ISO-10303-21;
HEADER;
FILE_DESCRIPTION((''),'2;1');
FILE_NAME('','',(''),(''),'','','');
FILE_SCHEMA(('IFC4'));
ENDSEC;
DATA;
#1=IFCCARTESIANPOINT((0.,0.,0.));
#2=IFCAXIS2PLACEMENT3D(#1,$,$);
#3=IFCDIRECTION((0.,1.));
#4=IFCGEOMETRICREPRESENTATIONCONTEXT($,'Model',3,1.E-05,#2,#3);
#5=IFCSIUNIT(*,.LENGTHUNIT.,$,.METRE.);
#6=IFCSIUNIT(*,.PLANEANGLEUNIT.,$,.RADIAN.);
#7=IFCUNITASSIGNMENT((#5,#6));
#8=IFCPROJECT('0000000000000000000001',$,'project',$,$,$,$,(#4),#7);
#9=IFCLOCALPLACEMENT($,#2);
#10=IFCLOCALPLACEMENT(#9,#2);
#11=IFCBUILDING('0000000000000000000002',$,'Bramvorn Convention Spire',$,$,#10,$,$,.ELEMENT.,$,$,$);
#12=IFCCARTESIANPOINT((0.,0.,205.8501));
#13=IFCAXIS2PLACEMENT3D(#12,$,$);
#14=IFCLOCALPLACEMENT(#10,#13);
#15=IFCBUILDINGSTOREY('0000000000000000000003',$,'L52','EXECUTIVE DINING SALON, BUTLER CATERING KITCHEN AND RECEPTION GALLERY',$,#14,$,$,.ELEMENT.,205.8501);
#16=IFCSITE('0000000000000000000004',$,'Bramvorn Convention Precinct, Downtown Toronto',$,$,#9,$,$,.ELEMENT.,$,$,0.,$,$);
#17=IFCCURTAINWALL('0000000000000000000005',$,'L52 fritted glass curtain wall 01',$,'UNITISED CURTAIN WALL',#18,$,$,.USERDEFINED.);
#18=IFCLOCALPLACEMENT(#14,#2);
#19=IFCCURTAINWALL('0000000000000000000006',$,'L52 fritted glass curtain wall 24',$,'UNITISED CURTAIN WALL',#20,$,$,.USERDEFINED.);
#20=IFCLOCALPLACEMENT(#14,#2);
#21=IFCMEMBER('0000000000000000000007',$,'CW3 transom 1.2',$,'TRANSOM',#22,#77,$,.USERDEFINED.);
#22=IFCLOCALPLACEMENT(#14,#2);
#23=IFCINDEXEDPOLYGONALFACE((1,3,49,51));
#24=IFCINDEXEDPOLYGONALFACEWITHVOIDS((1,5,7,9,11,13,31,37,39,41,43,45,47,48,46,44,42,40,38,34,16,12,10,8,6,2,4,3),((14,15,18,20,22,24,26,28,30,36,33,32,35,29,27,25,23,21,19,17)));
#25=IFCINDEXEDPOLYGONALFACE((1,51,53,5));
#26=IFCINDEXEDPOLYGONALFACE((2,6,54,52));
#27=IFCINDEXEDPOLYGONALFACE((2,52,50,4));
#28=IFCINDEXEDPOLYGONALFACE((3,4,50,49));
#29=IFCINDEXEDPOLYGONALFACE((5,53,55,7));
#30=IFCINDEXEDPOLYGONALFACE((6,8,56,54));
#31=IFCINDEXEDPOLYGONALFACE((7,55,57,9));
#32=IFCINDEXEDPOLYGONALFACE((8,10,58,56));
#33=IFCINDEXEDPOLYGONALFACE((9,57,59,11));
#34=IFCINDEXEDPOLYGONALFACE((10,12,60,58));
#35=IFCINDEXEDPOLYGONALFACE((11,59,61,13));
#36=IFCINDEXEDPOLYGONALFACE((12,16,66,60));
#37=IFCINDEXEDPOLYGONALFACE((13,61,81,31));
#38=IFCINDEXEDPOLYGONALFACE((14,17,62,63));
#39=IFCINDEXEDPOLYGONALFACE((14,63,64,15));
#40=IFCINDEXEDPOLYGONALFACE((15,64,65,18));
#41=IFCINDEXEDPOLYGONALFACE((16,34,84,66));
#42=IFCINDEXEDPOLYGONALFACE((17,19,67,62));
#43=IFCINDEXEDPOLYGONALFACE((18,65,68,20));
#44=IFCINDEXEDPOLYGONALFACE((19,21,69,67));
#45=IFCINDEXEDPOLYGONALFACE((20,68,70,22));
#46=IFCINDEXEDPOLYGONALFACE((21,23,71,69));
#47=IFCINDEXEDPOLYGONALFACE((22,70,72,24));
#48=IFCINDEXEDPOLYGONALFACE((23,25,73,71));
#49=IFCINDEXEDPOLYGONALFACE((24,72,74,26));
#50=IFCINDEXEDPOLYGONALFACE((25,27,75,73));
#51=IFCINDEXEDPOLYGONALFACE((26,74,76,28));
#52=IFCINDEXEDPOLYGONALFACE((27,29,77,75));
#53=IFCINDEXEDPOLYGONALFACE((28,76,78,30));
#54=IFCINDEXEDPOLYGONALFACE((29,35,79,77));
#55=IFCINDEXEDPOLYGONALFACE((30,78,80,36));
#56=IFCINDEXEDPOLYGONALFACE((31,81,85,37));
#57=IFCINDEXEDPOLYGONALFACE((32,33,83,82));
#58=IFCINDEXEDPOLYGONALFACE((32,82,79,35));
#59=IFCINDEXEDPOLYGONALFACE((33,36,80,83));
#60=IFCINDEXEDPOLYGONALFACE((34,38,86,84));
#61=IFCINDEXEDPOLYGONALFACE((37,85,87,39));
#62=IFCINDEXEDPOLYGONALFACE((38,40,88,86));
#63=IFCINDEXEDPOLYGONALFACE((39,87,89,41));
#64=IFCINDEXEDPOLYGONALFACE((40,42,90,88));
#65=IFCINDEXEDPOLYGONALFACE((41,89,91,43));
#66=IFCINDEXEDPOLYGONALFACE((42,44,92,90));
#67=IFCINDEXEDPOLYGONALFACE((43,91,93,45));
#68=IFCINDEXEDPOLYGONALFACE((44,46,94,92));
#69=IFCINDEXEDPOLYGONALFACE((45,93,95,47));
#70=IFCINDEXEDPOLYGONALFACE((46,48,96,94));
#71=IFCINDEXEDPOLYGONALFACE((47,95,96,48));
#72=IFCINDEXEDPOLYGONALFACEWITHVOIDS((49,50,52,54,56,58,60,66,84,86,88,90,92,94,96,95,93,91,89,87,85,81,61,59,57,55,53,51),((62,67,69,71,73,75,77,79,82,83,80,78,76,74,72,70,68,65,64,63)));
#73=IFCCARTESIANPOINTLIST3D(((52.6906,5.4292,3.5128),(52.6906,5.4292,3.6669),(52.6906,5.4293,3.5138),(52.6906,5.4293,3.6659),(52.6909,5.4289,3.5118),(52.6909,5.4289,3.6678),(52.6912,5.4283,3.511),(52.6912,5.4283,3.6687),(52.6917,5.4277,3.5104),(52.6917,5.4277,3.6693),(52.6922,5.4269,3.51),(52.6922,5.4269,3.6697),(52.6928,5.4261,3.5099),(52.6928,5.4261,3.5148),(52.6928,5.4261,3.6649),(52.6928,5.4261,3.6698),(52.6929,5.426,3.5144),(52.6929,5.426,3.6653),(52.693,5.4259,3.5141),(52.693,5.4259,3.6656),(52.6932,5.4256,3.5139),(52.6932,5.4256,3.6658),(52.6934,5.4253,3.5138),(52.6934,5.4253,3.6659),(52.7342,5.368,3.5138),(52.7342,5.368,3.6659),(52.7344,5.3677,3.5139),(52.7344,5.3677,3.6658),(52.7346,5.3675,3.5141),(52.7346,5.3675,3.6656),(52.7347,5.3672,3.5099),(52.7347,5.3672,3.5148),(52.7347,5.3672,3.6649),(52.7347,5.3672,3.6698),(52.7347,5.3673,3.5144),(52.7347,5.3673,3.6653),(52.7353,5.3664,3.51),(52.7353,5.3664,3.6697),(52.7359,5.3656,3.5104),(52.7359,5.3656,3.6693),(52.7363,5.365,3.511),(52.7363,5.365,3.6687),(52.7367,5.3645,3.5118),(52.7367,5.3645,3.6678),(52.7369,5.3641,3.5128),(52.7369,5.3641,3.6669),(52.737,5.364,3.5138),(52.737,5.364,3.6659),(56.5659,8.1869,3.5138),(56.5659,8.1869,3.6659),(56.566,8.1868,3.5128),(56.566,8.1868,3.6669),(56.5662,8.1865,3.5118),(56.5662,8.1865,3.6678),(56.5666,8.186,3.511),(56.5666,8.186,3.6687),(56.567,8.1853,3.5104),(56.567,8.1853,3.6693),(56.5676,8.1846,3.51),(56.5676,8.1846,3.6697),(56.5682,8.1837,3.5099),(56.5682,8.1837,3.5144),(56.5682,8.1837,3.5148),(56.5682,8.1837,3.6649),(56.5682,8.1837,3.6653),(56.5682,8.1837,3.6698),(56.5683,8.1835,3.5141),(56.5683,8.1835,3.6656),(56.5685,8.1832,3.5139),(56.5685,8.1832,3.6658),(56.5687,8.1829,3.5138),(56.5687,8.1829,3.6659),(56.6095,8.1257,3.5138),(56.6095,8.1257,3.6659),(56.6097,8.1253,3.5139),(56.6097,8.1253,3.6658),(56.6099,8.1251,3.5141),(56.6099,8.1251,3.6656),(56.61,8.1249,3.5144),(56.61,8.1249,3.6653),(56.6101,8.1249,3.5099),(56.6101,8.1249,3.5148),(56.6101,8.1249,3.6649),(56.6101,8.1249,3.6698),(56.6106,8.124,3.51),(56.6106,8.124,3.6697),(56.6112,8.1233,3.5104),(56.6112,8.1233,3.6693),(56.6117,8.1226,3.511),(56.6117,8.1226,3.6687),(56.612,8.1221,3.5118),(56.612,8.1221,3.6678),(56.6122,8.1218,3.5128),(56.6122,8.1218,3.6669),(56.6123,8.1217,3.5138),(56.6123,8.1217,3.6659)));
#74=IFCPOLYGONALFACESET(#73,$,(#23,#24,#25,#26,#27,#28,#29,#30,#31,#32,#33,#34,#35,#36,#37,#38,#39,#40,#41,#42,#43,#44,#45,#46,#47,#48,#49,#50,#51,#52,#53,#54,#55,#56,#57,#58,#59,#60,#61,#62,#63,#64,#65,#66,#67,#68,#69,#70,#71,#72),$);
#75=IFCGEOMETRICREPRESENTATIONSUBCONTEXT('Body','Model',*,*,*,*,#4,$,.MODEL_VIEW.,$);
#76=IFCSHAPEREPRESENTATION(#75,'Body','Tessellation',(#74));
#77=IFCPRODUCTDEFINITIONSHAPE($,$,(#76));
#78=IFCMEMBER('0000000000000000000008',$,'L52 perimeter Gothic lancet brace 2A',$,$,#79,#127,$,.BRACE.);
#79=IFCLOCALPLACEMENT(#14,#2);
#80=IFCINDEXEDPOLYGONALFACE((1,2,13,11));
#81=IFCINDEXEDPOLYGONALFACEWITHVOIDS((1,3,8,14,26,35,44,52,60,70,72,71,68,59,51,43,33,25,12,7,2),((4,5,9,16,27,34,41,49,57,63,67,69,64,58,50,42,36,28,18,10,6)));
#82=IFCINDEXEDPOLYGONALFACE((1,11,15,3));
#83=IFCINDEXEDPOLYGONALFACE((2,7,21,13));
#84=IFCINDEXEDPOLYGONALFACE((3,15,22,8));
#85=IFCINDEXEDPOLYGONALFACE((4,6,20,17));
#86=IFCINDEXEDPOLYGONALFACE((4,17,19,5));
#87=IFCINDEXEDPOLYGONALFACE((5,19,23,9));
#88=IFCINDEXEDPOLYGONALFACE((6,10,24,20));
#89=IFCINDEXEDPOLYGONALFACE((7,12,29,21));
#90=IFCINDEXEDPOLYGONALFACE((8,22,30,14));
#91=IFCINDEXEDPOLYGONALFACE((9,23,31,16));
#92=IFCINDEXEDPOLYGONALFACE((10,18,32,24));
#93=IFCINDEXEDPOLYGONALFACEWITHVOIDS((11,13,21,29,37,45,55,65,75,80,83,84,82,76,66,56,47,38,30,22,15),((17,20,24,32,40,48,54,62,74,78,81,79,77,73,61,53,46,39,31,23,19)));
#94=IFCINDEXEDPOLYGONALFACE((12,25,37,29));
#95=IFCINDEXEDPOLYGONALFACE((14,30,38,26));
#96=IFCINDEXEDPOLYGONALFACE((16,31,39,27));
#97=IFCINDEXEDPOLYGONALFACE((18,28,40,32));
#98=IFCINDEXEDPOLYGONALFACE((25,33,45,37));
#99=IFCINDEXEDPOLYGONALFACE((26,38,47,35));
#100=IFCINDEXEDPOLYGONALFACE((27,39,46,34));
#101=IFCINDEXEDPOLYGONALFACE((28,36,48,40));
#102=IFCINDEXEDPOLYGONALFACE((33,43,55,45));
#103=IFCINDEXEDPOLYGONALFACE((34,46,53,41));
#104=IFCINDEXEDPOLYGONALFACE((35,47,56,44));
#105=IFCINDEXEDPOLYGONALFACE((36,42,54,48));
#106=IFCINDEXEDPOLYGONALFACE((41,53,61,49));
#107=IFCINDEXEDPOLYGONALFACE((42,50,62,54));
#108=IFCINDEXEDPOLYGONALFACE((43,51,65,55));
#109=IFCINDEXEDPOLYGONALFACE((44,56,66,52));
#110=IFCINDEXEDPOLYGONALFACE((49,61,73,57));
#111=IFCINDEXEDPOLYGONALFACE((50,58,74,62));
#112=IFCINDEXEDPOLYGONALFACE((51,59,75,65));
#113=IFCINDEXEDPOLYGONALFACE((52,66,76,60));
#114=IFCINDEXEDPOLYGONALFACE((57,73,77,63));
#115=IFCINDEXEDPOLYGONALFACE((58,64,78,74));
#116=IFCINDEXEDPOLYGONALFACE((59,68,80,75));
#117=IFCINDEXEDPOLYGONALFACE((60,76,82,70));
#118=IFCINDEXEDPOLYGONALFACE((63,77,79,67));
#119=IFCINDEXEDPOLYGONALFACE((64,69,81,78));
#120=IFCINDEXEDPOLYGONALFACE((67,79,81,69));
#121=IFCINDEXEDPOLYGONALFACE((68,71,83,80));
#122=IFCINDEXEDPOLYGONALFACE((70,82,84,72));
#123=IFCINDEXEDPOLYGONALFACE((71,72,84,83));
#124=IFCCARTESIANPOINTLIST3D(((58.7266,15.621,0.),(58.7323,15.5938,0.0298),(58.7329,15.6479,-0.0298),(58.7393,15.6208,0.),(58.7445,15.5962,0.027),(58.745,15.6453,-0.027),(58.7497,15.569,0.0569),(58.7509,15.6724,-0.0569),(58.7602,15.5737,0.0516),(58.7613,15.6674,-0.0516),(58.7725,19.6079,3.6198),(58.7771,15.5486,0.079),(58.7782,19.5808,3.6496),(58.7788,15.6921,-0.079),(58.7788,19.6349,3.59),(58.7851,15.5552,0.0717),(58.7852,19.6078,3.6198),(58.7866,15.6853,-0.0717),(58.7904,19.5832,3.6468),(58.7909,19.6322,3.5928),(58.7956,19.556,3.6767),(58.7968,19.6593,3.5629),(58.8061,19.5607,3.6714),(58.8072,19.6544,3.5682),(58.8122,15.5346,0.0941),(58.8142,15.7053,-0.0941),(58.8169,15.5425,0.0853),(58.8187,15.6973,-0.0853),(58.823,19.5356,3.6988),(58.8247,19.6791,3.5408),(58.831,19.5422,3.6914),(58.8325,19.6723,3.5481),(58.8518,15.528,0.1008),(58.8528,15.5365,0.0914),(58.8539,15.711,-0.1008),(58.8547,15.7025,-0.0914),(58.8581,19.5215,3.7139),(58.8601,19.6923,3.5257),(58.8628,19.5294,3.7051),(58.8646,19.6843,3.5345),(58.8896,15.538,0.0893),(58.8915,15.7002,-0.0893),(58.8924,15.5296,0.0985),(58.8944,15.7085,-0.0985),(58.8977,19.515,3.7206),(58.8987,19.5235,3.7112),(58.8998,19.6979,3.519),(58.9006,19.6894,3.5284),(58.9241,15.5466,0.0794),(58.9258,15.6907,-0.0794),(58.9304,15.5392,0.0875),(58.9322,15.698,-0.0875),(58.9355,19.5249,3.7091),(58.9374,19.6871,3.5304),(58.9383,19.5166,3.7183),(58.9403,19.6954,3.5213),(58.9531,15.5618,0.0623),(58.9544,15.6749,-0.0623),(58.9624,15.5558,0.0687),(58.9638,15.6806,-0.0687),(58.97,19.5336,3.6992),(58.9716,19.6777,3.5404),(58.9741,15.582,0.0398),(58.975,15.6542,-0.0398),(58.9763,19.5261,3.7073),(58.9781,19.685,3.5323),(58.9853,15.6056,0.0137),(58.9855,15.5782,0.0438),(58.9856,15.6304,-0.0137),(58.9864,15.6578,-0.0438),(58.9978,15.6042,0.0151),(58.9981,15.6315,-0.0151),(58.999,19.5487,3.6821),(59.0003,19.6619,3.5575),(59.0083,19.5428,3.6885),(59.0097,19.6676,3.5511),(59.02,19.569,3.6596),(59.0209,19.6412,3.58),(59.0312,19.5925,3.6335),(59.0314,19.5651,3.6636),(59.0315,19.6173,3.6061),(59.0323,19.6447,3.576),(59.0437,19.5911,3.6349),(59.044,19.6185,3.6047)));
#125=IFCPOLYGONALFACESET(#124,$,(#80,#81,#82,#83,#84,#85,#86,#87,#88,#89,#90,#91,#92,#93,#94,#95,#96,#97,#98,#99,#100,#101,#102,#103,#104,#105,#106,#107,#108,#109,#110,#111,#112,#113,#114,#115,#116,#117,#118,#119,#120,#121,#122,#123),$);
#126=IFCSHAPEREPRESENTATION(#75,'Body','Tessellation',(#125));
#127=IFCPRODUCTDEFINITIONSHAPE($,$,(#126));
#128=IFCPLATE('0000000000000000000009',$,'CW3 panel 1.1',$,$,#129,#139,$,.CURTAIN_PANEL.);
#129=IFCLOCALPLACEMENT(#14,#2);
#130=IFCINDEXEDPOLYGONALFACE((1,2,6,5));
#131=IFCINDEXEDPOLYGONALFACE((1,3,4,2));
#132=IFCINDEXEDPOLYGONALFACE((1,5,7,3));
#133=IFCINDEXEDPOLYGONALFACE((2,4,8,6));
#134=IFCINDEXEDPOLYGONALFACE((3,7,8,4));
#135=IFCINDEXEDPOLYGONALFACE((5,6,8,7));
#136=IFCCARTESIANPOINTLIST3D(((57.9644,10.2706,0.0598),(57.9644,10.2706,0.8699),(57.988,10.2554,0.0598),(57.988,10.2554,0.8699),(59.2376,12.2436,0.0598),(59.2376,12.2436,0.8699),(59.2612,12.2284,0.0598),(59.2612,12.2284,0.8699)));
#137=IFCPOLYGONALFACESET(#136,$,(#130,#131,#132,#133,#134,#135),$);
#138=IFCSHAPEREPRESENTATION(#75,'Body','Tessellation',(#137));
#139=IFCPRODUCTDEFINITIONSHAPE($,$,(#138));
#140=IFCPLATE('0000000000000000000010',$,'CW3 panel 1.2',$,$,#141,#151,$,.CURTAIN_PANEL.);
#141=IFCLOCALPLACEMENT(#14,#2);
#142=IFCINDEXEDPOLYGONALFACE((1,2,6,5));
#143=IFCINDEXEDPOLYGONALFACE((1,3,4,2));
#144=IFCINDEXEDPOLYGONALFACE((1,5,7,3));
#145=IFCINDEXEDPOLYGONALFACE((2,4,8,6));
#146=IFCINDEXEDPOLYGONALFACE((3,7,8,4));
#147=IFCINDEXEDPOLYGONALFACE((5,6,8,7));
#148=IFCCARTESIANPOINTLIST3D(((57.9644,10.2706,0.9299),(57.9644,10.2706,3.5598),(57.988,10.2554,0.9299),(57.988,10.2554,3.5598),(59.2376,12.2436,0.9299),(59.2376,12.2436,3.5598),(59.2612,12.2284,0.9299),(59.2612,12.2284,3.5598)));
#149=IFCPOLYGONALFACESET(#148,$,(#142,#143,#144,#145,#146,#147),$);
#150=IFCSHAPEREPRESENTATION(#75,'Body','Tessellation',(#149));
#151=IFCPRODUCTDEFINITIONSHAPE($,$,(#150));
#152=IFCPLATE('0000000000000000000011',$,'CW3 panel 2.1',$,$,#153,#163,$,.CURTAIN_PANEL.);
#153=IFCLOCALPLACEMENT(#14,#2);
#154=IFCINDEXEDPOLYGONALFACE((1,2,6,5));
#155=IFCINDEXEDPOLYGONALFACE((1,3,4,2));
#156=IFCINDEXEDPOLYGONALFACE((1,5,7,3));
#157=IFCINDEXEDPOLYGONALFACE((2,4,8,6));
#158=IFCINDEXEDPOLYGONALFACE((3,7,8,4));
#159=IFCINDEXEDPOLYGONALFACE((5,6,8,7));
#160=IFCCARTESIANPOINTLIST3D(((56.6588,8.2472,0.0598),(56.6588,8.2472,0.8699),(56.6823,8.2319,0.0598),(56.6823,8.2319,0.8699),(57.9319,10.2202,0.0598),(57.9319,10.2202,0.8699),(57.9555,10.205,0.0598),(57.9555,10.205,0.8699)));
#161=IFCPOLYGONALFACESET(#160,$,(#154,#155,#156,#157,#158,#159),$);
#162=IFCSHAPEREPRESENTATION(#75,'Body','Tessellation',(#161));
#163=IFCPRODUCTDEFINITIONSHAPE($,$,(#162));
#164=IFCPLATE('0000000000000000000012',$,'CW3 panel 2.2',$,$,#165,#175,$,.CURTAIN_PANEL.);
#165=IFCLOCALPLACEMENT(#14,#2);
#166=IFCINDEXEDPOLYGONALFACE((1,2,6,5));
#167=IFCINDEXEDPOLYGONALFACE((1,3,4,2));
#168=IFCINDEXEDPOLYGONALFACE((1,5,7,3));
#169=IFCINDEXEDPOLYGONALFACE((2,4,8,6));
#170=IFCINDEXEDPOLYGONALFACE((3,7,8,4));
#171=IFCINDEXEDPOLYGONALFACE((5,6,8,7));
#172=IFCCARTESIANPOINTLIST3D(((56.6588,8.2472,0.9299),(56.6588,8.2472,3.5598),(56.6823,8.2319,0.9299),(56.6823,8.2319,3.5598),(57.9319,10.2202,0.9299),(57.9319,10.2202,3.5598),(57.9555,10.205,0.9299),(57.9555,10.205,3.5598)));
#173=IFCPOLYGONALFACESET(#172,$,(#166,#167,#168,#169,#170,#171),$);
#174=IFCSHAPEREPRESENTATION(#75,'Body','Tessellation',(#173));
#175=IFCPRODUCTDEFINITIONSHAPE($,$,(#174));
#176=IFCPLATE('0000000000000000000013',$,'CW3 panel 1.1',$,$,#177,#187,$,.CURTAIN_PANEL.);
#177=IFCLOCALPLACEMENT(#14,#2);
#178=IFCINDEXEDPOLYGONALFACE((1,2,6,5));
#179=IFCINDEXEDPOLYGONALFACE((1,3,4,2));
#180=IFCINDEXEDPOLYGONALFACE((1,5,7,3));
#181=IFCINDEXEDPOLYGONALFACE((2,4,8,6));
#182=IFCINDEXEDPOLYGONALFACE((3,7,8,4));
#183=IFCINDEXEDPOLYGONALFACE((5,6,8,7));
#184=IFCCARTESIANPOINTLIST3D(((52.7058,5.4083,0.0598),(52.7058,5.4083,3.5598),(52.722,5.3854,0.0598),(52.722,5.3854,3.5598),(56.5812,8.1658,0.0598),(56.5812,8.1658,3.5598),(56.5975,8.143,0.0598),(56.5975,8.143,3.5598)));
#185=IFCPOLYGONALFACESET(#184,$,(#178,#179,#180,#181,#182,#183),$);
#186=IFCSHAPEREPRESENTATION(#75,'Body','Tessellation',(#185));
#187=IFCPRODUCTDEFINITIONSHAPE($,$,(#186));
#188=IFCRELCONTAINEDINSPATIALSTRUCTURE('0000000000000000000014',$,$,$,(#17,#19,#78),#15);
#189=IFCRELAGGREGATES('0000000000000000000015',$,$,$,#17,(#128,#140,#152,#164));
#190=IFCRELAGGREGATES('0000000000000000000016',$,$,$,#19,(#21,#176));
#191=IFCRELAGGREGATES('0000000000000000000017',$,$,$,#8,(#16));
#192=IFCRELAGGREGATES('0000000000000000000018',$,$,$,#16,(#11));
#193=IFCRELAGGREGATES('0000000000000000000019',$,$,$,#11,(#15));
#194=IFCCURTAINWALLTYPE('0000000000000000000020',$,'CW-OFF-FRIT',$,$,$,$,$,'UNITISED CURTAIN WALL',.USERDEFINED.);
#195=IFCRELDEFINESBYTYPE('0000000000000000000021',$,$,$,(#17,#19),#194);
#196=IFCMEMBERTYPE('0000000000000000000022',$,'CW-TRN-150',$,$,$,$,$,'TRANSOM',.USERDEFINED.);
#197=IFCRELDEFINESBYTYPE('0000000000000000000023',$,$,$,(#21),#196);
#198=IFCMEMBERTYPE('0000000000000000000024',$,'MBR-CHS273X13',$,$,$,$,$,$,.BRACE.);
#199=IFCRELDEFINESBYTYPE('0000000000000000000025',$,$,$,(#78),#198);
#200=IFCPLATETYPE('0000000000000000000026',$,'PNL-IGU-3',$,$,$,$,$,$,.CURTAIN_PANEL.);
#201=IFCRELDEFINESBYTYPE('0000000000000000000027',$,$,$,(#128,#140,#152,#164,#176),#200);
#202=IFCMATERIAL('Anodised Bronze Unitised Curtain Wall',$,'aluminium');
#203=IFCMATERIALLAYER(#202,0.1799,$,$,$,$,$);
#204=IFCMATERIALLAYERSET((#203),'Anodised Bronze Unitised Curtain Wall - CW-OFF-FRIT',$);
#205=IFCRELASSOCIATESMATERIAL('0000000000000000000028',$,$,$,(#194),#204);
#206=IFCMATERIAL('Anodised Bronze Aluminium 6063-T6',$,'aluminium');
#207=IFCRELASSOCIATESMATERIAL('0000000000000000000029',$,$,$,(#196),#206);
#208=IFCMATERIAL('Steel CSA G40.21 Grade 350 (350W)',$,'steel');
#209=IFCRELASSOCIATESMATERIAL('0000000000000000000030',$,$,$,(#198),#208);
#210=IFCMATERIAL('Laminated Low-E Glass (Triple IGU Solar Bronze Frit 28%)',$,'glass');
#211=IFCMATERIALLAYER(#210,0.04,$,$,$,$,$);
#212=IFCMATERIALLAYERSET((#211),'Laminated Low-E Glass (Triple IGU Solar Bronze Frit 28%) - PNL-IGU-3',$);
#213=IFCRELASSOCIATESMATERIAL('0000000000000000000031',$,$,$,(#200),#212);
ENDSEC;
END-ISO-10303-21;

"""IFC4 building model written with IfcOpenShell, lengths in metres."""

from ifc_helpers import new_model, si_unit, direction, frame, origin, origin_2d, place, context, subcontext, project, spatial, rectangle, hollow_rectangle, hollow_circle, extrude, material, layer, layer_set, material_profile, profile_set, type_object, element, aggregate, save


model = new_model("IFC4")

# Units and contexts
model_context = context("Model", 3, precision=1e-05, world=origin(), true_north=direction((0.0, 1.0)))
body_context = subcontext(model_context, "Body", "Model", "MODEL_VIEW")
ifc_project = project(units=[si_unit("LENGTHUNIT", "METRE"), si_unit("PLANEANGLEUNIT", "RADIAN")], contexts=[model_context])

# Site, building, storey
site_placement = place(None, origin())
site = spatial("IfcSite", under=ifc_project, at=site_placement, Name="Bramvorn Convention Precinct, Downtown Toronto", CompositionType="ELEMENT", RefElevation=0.0)
building_placement = place(site_placement, origin())
building = spatial("IfcBuilding", under=site, at=building_placement, Name="Bramvorn Convention Spire", CompositionType="ELEMENT")
storey_placement = place(building_placement, frame((0.0, 0.0, 205.8501)))
storey = spatial("IfcBuildingStorey", under=building, at=storey_placement, Name="L52", Description="EXECUTIVE DINING SALON, BUTLER CATERING KITCHEN AND RECEPTION GALLERY", CompositionType="ELEMENT", Elevation=205.8501)

# Shared definitions
ifc_material_1 = material(Name="Steel CSA G40.21 Grade 350 (350W)", Category="steel")

# Curtain walls
ifc_material_2 = material(Name="Anodised Bronze Unitised Curtain Wall", Category="aluminium")
ifc_layer_1 = layer(ifc_material_2, 0.1799)
ifc_layer_set_1 = layer_set([ifc_layer_1], Name="Anodised Bronze Unitised Curtain Wall - CW-OFF-FRIT")
curtain_wall_type = type_object("IfcCurtainWallType", Name="CW-OFF-FRIT", ElementType="UNITISED CURTAIN WALL", PredefinedType="USERDEFINED", material=ifc_layer_set_1)
curtain_wall_1_placement = place(storey_placement, origin())
curtain_wall_1 = element("IfcCurtainWall", 1, at=curtain_wall_1_placement, inside=storey, type_object=curtain_wall_type, Name="L52 fritted glass curtain wall 01", ObjectType="UNITISED CURTAIN WALL", PredefinedType="USERDEFINED")
ifc_material_3 = material(Name="Anodised Bronze Aluminium 6063-T6", Category="aluminium")
curtain_wall_2_placement = place(storey_placement, origin())
curtain_wall_2 = element("IfcCurtainWall", 2, at=curtain_wall_2_placement, inside=storey, type_object=curtain_wall_type, Name="L52 fritted glass curtain wall 24", ObjectType="UNITISED CURTAIN WALL", PredefinedType="USERDEFINED")

# Members
ifc_material_profile_1 = material_profile(ifc_material_3, hollow_rectangle(XDim=0.0801, YDim=0.1599, WallThickness=0.0039, InnerFilletRadius=0.001, OuterFilletRadius=0.0039, at=origin_2d()))
ifc_profile_set_1 = profile_set([ifc_material_profile_1], Name="Anodised Bronze Aluminium 6063-T6 - CWT80X160")
member_type_1 = type_object("IfcMemberType", Name="CW-TRN-150", ElementType="TRANSOM", PredefinedType="USERDEFINED", material=ifc_profile_set_1)
member_1_placement = place(storey_placement, frame((56.5891, 8.1543, 3.5898), z_axis=(-0.814773, -0.579781, 0.0), x_axis=(0.579781, -0.814773, 0.0)))
member_1 = element("IfcMember", 3, at=member_1_placement, type_object=member_type_1, Name="CW3 transom 1.2", ObjectType="TRANSOM", PredefinedType="USERDEFINED", context=body_context, shape_type="SweptSolid", body=[
    extrude(hollow_rectangle(XDim=0.0801, YDim=0.1599, WallThickness=0.0039, InnerFilletRadius=0.001, OuterFilletRadius=0.0039, at=origin_2d()), origin(), (0.0, 0.0, 1.0), 4.7563),
])
ifc_material_profile_2 = material_profile(ifc_material_1, hollow_circle(Radius=0.1365, WallThickness=0.0127, at=origin_2d()))
ifc_profile_set_2 = profile_set([ifc_material_profile_2], Name="Steel CSA G40.21 Grade 350 (350W) - CHS273X13")
member_type_2 = type_object("IfcMemberType", Name="MBR-CHS273X13", PredefinedType="BRACE", material=ifc_profile_set_2)
member_2_placement = place(storey_placement, frame((58.863, 15.6194, 0.0), z_axis=(0.008523, 0.74035, 0.672168), x_axis=(-0.999934, 0.011511, 0.0)))
element("IfcMember", 4, at=member_2_placement, inside=storey, type_object=member_type_2, Name="L52 perimeter Gothic lancet brace 2A", PredefinedType="BRACE", context=body_context, shape_type="SweptSolid", body=[
    extrude(hollow_circle(Radius=0.1365, WallThickness=0.0127, at=origin_2d()), origin(), (0.0, 0.0, 1.0), 5.3853),
])

# Plates
ifc_material_4 = material(Name="Laminated Low-E Glass (Triple IGU Solar Bronze Frit 28%)", Category="glass")
ifc_layer_2 = layer(ifc_material_4, 0.04)
ifc_layer_set_2 = layer_set([ifc_layer_2], Name="Laminated Low-E Glass (Triple IGU Solar Bronze Frit 28%) - PNL-IGU-3")
plate_type = type_object("IfcPlateType", Name="PNL-IGU-3", PredefinedType="CURTAIN_PANEL", material=ifc_layer_set_2)
plate_1_placement = place(storey_placement, frame((58.6128, 11.2495, 0.0598), z_axis=(0.0, 0.0, 1.0), x_axis=(-0.542196, -0.840252, 0.0)))
plate_1 = element("IfcPlate", 5, at=plate_1_placement, type_object=plate_type, Name="CW3 panel 1.1", PredefinedType="CURTAIN_PANEL", context=body_context, shape_type="SweptSolid", body=[
    extrude(rectangle(XDim=2.3481, YDim=0.0281, at=origin_2d()), origin(), (0.0, 0.0, 1.0), 0.8101),
])
plate_2_placement = place(storey_placement, frame((58.6128, 11.2495, 0.9299), z_axis=(0.0, 0.0, 1.0), x_axis=(-0.542196, -0.840252, 0.0)))
plate_2 = element("IfcPlate", 6, at=plate_2_placement, type_object=plate_type, Name="CW3 panel 1.2", PredefinedType="CURTAIN_PANEL", context=body_context, shape_type="SweptSolid", body=[
    extrude(rectangle(XDim=2.3481, YDim=0.0281, at=origin_2d()), origin(), (0.0, 0.0, 1.0), 2.6299),
])
plate_3_placement = place(storey_placement, frame((57.3071, 9.2261, 0.0598), z_axis=(0.0, 0.0, 1.0), x_axis=(-0.542196, -0.840252, 0.0)))
plate_3 = element("IfcPlate", 7, at=plate_3_placement, type_object=plate_type, Name="CW3 panel 2.1", PredefinedType="CURTAIN_PANEL", context=body_context, shape_type="SweptSolid", body=[
    extrude(rectangle(XDim=2.3481, YDim=0.0281, at=origin_2d()), origin(), (0.0, 0.0, 1.0), 0.8101),
])
plate_4_placement = place(storey_placement, frame((57.3071, 9.2261, 0.9299), z_axis=(0.0, 0.0, 1.0), x_axis=(-0.542196, -0.840252, 0.0)))
plate_4 = element("IfcPlate", 8, at=plate_4_placement, type_object=plate_type, Name="CW3 panel 2.2", PredefinedType="CURTAIN_PANEL", context=body_context, shape_type="SweptSolid", body=[
    extrude(rectangle(XDim=2.3481, YDim=0.0281, at=origin_2d()), origin(), (0.0, 0.0, 1.0), 2.6299),
])
aggregate(curtain_wall_1, [plate_1, plate_2, plate_3, plate_4])
plate_5_placement = place(storey_placement, frame((54.6516, 6.7756, 0.0598), z_axis=(0.0, 0.0, 1.0), x_axis=(-0.814789, -0.579757, 0.0)))
plate_5 = element("IfcPlate", 9, at=plate_5_placement, type_object=plate_type, Name="CW3 panel 1.1", PredefinedType="CURTAIN_PANEL", context=body_context, shape_type="SweptSolid", body=[
    extrude(rectangle(XDim=4.7563, YDim=0.0281, at=origin_2d()), origin(), (0.0, 0.0, 1.0), 3.5),
])
aggregate(curtain_wall_2, [member_1, plate_5])

save(model, "model.ifc")
